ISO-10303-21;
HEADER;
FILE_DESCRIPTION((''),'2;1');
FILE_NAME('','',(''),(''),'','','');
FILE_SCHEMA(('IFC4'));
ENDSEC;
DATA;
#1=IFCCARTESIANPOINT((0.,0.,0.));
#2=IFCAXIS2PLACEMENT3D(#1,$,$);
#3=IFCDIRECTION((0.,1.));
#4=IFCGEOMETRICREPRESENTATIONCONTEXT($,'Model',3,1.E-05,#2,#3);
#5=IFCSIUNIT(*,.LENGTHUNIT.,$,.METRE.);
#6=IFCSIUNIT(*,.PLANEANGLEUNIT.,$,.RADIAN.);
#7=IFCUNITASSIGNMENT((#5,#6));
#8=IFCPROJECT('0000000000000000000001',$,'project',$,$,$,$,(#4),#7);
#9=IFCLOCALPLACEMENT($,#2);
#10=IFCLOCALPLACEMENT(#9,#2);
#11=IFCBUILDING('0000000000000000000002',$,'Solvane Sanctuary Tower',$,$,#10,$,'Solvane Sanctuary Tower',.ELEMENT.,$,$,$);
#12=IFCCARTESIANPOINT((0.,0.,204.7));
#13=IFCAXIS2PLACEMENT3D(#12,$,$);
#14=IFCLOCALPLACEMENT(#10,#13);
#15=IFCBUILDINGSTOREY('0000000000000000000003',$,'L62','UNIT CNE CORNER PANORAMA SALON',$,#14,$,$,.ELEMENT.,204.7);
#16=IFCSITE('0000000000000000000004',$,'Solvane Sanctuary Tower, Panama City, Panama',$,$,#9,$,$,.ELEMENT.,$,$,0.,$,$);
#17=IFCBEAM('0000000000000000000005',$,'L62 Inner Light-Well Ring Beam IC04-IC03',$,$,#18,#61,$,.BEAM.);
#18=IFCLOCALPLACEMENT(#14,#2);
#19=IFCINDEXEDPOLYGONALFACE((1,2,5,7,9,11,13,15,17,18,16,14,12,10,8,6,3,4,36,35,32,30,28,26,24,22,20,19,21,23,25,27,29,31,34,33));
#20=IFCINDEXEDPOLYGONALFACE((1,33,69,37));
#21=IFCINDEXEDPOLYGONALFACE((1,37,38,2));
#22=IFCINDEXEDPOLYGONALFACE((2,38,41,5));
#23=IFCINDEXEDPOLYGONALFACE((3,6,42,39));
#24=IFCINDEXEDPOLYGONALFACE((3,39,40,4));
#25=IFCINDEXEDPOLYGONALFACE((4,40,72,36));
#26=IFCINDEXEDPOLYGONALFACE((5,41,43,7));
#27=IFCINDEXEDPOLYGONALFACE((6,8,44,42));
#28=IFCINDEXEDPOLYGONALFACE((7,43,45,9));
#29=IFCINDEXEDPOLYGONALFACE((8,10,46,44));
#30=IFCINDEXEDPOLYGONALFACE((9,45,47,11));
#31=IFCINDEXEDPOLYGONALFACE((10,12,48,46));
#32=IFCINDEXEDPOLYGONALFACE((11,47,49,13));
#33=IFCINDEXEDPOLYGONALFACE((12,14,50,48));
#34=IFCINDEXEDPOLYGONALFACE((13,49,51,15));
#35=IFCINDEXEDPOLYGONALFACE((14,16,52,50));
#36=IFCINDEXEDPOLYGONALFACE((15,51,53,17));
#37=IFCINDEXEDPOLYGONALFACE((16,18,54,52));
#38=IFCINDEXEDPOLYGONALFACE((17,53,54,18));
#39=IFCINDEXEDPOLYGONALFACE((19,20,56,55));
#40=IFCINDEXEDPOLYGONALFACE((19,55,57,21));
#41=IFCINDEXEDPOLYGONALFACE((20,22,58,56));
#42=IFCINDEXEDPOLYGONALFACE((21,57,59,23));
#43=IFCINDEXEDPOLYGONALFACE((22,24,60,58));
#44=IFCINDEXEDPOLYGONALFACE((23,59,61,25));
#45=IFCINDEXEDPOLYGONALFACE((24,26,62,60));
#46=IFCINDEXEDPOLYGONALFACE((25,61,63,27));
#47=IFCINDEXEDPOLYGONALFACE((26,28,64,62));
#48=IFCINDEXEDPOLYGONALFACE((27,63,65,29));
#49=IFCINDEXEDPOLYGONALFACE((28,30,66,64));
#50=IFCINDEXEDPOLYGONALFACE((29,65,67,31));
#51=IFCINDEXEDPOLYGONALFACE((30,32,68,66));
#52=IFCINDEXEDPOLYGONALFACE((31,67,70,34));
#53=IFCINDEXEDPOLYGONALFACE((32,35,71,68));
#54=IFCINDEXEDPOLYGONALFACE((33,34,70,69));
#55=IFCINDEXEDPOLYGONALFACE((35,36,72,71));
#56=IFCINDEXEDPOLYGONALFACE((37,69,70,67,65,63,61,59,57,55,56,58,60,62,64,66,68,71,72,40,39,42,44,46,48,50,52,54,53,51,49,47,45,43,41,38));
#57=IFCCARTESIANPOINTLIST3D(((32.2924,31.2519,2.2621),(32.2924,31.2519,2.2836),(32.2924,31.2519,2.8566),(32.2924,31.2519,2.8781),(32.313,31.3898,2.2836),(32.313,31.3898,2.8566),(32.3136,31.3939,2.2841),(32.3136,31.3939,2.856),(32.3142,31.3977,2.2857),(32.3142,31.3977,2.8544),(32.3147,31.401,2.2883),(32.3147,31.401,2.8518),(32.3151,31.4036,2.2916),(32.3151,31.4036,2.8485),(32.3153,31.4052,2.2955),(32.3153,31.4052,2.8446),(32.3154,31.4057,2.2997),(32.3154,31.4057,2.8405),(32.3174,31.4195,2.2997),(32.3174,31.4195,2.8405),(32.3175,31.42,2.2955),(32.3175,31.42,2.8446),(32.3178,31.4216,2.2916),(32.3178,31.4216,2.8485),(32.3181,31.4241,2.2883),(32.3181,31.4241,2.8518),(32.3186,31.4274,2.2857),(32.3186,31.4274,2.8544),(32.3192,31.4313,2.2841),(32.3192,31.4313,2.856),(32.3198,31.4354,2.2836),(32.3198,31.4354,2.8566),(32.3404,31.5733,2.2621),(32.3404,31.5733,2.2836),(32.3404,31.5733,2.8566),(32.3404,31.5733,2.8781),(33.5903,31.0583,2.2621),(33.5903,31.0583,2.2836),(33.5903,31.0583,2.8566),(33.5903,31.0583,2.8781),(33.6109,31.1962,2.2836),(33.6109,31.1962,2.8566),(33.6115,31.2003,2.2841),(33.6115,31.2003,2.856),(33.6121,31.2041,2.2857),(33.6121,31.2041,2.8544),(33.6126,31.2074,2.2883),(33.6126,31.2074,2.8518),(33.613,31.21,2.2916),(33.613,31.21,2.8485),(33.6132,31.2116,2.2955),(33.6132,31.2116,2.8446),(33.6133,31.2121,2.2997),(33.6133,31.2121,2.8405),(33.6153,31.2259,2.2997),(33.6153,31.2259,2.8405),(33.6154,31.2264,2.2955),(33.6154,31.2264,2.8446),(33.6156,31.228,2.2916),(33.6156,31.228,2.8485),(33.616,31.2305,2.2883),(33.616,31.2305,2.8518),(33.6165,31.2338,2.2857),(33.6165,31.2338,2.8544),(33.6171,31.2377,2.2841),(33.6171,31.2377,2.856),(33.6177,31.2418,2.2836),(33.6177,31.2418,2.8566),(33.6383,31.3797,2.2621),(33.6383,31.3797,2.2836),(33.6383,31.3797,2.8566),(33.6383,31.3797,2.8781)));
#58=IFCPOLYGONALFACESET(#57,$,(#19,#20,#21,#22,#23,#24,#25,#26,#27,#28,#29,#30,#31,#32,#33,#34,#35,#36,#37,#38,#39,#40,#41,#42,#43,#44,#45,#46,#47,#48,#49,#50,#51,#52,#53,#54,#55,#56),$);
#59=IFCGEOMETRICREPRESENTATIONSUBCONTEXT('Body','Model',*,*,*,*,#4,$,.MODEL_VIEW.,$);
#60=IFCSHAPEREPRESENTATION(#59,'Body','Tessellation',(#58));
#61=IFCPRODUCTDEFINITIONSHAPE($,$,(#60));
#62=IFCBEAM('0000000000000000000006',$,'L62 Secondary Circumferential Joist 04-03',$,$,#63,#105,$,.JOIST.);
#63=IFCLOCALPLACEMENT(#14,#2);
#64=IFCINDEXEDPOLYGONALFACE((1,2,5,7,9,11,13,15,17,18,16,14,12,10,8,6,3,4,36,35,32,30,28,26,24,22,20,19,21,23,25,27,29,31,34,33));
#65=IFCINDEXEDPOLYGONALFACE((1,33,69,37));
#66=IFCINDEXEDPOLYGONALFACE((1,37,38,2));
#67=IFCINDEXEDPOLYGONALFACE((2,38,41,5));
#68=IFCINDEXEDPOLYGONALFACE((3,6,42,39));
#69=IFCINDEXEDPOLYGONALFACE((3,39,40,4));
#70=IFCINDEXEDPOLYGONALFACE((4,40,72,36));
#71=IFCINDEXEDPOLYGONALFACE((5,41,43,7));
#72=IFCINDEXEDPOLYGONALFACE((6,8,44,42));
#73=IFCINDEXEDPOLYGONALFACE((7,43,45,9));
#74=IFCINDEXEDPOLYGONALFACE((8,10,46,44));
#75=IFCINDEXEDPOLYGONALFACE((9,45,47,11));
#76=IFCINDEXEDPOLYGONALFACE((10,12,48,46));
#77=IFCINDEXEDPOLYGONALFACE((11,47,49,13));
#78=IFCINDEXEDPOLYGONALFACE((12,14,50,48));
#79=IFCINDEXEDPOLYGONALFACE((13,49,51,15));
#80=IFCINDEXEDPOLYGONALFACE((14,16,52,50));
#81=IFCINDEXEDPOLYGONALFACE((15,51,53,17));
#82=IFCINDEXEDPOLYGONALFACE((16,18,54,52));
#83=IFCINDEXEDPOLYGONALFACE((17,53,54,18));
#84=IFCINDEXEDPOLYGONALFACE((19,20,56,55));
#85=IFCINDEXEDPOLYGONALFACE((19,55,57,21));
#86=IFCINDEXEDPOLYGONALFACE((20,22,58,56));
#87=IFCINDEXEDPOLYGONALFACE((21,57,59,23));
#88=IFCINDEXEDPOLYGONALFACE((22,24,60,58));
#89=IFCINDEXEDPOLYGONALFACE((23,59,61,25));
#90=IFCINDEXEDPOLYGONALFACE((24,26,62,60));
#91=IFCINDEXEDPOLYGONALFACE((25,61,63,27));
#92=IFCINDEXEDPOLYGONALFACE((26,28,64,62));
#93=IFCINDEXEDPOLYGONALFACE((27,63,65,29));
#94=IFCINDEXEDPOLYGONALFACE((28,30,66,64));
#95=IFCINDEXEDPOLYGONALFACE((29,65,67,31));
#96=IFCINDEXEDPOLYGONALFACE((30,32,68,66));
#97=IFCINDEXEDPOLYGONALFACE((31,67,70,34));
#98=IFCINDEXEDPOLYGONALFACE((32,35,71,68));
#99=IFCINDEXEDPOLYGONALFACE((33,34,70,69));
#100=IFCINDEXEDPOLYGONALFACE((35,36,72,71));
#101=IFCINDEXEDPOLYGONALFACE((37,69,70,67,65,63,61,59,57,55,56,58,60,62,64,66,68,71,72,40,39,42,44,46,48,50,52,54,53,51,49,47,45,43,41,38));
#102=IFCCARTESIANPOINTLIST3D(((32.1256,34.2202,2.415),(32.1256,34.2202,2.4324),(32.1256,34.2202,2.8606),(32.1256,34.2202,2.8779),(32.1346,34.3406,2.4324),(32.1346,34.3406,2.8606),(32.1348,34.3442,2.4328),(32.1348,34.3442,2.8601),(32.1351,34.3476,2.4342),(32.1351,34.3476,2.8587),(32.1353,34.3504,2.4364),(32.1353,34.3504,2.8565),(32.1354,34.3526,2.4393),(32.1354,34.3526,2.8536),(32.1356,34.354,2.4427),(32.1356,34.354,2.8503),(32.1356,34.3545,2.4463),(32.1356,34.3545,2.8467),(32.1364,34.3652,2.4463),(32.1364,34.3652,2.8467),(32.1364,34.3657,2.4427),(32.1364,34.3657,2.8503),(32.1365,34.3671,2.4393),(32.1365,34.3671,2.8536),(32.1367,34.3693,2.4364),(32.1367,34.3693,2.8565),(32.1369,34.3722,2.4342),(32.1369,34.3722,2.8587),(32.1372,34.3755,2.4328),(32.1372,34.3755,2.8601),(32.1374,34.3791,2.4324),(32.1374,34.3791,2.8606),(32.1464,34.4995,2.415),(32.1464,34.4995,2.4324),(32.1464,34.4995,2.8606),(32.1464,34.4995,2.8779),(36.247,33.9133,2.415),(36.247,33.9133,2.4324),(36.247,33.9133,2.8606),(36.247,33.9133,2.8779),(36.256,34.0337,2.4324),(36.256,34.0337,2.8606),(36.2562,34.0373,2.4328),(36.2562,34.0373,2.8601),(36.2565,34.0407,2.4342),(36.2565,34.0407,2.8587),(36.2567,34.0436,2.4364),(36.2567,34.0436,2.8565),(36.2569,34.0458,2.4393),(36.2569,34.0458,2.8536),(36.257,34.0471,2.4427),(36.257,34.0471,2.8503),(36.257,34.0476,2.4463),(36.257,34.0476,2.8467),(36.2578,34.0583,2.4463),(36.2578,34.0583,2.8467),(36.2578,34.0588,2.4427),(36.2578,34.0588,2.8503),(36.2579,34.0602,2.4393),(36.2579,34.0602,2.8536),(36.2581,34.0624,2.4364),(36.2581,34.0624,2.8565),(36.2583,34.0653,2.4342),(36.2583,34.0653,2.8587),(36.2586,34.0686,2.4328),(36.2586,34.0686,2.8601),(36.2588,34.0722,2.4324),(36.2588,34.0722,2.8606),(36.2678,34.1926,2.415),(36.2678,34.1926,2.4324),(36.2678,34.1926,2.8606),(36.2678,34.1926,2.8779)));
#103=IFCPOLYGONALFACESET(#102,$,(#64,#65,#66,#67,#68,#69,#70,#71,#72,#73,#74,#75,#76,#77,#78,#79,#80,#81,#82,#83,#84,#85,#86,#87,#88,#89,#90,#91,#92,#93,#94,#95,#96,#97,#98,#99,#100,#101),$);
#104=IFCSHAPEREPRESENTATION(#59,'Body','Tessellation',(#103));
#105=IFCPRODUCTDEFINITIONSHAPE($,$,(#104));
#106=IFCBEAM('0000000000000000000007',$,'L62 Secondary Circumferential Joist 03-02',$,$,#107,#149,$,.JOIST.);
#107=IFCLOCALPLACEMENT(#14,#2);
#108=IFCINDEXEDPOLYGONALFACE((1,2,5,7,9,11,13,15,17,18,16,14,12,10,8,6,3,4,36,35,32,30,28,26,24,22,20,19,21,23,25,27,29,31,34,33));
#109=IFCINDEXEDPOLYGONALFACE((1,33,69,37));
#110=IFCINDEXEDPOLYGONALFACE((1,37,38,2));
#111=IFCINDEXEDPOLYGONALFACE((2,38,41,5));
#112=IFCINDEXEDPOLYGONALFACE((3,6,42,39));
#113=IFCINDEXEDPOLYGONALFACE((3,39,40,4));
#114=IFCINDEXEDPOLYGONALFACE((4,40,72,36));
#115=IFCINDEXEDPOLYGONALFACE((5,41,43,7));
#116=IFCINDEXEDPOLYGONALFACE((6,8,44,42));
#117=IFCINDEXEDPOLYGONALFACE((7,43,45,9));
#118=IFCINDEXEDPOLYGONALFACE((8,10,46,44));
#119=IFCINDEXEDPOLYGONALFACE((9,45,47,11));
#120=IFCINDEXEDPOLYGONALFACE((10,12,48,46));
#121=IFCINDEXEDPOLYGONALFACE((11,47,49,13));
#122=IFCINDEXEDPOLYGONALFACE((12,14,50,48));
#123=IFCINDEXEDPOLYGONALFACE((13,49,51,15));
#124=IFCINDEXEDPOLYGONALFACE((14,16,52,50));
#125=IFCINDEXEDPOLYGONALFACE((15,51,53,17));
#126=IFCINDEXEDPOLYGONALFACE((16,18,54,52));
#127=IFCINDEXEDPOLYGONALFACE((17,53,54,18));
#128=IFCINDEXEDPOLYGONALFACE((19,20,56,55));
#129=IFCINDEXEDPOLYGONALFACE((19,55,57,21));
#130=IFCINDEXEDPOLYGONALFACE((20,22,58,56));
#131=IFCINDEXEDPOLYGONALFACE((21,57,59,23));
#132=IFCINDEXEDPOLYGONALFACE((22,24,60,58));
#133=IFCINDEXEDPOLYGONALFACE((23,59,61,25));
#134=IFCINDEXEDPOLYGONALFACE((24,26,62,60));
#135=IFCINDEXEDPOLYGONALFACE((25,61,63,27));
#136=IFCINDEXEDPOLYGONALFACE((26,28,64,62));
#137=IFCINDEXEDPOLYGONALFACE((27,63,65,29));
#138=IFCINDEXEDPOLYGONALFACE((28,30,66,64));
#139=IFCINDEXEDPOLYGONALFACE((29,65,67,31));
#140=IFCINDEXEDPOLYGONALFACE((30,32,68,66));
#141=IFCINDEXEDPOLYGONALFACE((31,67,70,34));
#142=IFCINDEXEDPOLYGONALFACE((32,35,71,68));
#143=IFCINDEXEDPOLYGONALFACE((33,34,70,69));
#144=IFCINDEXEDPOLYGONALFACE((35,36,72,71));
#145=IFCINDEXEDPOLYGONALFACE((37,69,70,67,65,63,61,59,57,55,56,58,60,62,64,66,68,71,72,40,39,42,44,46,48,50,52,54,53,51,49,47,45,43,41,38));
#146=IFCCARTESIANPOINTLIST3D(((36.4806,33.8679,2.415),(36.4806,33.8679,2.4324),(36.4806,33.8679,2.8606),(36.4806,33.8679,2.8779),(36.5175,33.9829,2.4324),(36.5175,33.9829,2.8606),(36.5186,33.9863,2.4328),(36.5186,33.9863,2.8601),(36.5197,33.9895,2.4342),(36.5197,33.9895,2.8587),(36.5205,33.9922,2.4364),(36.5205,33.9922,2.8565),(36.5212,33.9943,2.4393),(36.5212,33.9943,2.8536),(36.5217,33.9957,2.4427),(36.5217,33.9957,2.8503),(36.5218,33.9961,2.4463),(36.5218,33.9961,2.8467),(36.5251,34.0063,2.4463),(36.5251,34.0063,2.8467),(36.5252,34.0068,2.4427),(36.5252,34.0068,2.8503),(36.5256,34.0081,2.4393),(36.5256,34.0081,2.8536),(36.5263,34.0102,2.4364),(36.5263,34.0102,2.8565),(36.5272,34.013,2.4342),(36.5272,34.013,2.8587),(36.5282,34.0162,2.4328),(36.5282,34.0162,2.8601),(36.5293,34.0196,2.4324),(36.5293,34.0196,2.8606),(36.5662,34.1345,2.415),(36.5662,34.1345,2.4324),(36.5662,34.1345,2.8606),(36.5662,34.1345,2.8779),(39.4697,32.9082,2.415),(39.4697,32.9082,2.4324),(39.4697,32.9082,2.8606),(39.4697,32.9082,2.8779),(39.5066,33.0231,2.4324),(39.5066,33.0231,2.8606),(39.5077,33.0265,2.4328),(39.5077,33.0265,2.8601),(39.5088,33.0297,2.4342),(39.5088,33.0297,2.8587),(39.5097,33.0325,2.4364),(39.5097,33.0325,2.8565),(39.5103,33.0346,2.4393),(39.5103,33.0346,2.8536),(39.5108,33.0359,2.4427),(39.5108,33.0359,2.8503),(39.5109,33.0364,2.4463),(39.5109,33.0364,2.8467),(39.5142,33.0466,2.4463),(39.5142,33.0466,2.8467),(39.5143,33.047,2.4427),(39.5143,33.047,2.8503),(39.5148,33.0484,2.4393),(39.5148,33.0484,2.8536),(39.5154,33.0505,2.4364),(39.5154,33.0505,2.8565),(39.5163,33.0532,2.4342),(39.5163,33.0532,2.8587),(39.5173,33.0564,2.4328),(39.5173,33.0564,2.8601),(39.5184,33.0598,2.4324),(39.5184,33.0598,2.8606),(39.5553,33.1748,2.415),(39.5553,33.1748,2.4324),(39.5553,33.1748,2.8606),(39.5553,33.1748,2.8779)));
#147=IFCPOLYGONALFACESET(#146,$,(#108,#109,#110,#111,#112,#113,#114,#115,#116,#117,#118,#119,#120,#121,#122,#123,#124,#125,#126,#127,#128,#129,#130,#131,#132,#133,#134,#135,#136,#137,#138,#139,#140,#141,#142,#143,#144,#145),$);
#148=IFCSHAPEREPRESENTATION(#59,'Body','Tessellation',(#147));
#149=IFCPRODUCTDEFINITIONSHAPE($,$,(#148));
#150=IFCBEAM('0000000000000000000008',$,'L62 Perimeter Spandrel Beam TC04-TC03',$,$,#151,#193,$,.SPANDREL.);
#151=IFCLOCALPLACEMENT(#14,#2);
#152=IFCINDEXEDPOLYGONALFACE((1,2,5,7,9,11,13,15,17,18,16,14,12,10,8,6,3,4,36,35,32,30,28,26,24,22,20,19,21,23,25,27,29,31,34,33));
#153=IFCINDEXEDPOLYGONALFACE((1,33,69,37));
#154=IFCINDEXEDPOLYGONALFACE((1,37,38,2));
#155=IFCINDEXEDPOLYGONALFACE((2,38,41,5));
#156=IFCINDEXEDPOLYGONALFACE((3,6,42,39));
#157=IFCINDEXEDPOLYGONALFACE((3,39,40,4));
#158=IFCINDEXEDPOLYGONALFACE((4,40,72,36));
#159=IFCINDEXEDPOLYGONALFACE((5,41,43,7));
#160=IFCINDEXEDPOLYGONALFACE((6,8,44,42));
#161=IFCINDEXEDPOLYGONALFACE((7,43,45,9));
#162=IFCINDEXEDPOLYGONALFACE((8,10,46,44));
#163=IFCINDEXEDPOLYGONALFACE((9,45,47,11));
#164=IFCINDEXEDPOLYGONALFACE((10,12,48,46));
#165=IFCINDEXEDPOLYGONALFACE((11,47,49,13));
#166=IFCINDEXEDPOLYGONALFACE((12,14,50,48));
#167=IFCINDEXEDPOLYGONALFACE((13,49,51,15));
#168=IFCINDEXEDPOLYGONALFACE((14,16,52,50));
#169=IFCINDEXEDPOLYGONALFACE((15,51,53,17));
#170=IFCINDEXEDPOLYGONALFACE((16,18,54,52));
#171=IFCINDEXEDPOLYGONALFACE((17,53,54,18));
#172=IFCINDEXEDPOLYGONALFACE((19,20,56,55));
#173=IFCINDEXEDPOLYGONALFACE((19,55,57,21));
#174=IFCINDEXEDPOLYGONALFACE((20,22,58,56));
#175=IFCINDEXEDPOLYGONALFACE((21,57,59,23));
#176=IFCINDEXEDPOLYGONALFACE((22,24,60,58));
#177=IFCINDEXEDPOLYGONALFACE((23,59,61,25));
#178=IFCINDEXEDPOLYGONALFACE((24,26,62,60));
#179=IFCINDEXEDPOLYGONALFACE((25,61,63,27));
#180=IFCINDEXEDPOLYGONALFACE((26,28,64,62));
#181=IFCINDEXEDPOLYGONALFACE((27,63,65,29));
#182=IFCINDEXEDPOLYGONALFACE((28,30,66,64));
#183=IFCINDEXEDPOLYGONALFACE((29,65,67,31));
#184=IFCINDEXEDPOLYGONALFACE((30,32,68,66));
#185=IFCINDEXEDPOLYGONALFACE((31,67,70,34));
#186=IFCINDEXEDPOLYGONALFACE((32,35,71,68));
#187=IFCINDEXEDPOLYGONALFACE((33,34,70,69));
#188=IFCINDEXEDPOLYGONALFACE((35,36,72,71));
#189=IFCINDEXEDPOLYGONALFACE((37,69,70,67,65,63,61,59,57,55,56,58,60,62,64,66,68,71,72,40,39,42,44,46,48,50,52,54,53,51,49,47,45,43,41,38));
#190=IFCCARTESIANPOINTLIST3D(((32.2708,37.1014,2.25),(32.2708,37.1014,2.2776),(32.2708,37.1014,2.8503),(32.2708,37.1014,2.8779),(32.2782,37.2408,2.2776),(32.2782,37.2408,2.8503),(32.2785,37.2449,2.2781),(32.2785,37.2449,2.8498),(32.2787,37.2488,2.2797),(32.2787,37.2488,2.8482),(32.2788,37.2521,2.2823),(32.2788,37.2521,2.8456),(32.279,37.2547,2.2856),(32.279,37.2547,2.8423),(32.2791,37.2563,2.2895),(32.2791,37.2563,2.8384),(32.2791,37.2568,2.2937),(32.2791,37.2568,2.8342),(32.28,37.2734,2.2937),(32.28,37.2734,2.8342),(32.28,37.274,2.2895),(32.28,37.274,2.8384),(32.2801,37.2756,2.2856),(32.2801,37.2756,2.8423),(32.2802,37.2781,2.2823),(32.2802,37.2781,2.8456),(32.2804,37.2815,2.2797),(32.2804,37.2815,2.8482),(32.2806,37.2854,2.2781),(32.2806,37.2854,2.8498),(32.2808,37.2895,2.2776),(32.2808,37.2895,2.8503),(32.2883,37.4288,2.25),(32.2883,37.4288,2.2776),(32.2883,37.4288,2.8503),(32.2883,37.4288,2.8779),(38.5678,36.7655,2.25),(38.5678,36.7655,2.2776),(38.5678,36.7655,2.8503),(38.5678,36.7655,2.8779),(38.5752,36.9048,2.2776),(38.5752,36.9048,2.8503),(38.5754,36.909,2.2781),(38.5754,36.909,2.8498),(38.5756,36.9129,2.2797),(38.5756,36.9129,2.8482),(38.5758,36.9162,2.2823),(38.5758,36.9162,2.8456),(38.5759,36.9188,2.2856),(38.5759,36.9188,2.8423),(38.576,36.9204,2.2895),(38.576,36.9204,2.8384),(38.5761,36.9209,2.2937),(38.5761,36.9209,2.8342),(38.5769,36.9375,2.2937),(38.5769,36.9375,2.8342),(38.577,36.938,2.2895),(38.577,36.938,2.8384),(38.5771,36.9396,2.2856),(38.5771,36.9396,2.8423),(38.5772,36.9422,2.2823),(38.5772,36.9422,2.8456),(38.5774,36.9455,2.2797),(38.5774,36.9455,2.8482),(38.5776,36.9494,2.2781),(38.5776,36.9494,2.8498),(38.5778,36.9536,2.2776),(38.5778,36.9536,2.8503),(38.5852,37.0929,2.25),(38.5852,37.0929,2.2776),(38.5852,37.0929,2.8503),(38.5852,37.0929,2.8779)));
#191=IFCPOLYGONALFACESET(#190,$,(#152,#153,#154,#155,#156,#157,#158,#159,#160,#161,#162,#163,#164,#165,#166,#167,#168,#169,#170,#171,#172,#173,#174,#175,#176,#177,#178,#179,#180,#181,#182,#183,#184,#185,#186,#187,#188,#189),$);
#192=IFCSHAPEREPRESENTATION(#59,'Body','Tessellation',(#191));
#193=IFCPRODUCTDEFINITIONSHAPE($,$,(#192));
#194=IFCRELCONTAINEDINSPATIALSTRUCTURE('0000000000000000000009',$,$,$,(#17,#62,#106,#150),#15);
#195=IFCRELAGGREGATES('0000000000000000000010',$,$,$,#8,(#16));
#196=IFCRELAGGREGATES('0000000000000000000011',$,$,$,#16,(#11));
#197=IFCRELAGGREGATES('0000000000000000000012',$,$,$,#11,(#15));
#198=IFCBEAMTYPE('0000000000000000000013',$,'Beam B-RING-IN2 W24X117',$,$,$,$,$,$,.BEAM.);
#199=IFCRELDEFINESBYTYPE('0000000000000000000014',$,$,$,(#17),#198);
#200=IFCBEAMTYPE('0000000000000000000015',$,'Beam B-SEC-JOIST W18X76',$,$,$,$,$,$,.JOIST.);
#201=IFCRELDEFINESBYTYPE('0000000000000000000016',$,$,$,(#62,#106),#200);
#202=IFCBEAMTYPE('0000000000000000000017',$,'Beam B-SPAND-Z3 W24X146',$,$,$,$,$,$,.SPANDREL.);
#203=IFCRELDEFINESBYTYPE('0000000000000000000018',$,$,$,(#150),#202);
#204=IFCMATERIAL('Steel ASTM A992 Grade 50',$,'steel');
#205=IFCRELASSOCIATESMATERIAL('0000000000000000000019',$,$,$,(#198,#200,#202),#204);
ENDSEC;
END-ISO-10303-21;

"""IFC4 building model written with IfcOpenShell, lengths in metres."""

from ifc_helpers import new_model, si_unit, direction, frame, origin, origin_2d, place, context, subcontext, project, spatial, i_section, extrude, material, material_profile, profile_set, type_object, element, save


model = new_model("IFC4")

# Units and contexts
model_context = context("Model", 3, precision=1e-05, world=origin(), true_north=direction((0.0, 1.0)))
body_context = subcontext(model_context, "Body", "Model", "MODEL_VIEW")
ifc_project = project(units=[si_unit("LENGTHUNIT", "METRE"), si_unit("PLANEANGLEUNIT", "RADIAN")], contexts=[model_context])

# Site, building, storey
site_placement = place(None, origin())
site = spatial("IfcSite", under=ifc_project, at=site_placement, Name="Solvane Sanctuary Tower, Panama City, Panama", CompositionType="ELEMENT", RefElevation=0.0)
building_placement = place(site_placement, origin())
building = spatial("IfcBuilding", under=site, at=building_placement, Name="Solvane Sanctuary Tower", LongName="Solvane Sanctuary Tower", CompositionType="ELEMENT")
storey_placement = place(building_placement, frame((0.0, 0.0, 204.7)))
storey = spatial("IfcBuildingStorey", under=building, at=storey_placement, Name="L62", Description="UNIT CNE CORNER PANORAMA SALON", CompositionType="ELEMENT", Elevation=204.7)

# Beams
ifc_material_1 = material(Name="Steel ASTM A992 Grade 50", Category="steel")
ifc_material_profile_1 = material_profile(ifc_material_1, i_section(OverallWidth=0.325, OverallDepth=0.616, WebThickness=0.0139, FlangeThickness=0.0215, FilletRadius=0.0161, at=origin_2d()), Name="W24X117")
ifc_profile_set_1 = profile_set([ifc_material_profile_1], Name="Steel ASTM A992 Grade 50")
beam_type_1 = type_object("IfcBeamType", Name="Beam B-RING-IN2 W24X117", PredefinedType="BEAM", material=ifc_profile_set_1)
beam_1_placement = place(storey_placement, frame((32.3164, 31.4126, 2.5701), z_axis=(0.989056, -0.14754, 0.0), x_axis=(0.14754, 0.989056, 0.0)))
element("IfcBeam", 1, at=beam_1_placement, inside=storey, type_object=beam_type_1, Name="L62 Inner Light-Well Ring Beam IC04-IC03", PredefinedType="BEAM", context=body_context, shape_type="SweptSolid", body=[
    extrude(i_section(OverallWidth=0.325, OverallDepth=0.616, WebThickness=0.0139, FlangeThickness=0.0215, FilletRadius=0.0161, at=origin_2d()), origin(), (0.0, 0.0, 1.0), 1.3123),
])
ifc_material_profile_2 = material_profile(ifc_material_1, i_section(OverallWidth=0.28, OverallDepth=0.4629, WebThickness=0.0107, FlangeThickness=0.0173, FilletRadius=0.0139, at=origin_2d()), Name="W18X76")
ifc_profile_set_2 = profile_set([ifc_material_profile_2], Name="Steel ASTM A992 Grade 50")
beam_type_2 = type_object("IfcBeamType", Name="Beam B-SEC-JOIST W18X76", PredefinedType="JOIST", material=ifc_profile_set_2)
beam_2_placement = place(storey_placement, frame((32.136, 34.3599, 2.6465), z_axis=(0.997239, -0.074257, 0.0), x_axis=(0.074257, 0.997239, 0.0)))
element("IfcBeam", 2, at=beam_2_placement, inside=storey, type_object=beam_type_2, Name="L62 Secondary Circumferential Joist 04-03", PredefinedType="JOIST", context=body_context, shape_type="SweptSolid", body=[
    extrude(i_section(OverallWidth=0.28, OverallDepth=0.4629, WebThickness=0.0107, FlangeThickness=0.0173, FilletRadius=0.0139, at=origin_2d()), origin(), (0.0, 0.0, 1.0), 4.1328),
])
beam_3_placement = place(storey_placement, frame((36.5234, 34.0012, 2.6465), z_axis=(0.952125, -0.30571, 0.0), x_axis=(0.30571, 0.952125, 0.0)))
element("IfcBeam", 3, at=beam_3_placement, inside=storey, type_object=beam_type_2, Name="L62 Secondary Circumferential Joist 03-02", PredefinedType="JOIST", context=body_context, shape_type="SweptSolid", body=[
    extrude(i_section(OverallWidth=0.28, OverallDepth=0.4629, WebThickness=0.0107, FlangeThickness=0.0173, FilletRadius=0.0139, at=origin_2d()), origin(), (0.0, 0.0, 1.0), 3.1394),
])
ifc_material_profile_3 = material_profile(ifc_material_1, i_section(OverallWidth=0.3279, OverallDepth=0.6279, WebThickness=0.0166, FlangeThickness=0.0276, FilletRadius=0.0161, at=origin_2d()), Name="W24X146")
ifc_profile_set_3 = profile_set([ifc_material_profile_3], Name="Steel ASTM A992 Grade 50")
beam_type_3 = type_object("IfcBeamType", Name="Beam B-SPAND-Z3 W24X146", PredefinedType="SPANDREL", material=ifc_profile_set_3)
beam_4_placement = place(storey_placement, frame((32.2795, 37.2651, 2.564), z_axis=(0.99858, -0.053274, 0.0), x_axis=(0.053274, 0.99858, 0.0)))
element("IfcBeam", 4, at=beam_4_placement, inside=storey, type_object=beam_type_3, Name="L62 Perimeter Spandrel Beam TC04-TC03", PredefinedType="SPANDREL", context=body_context, shape_type="SweptSolid", body=[
    extrude(i_section(OverallWidth=0.3279, OverallDepth=0.6279, WebThickness=0.0166, FlangeThickness=0.0276, FilletRadius=0.0161, at=origin_2d()), origin(), (0.0, 0.0, 1.0), 6.3059),
])

save(model, "model.ifc")
